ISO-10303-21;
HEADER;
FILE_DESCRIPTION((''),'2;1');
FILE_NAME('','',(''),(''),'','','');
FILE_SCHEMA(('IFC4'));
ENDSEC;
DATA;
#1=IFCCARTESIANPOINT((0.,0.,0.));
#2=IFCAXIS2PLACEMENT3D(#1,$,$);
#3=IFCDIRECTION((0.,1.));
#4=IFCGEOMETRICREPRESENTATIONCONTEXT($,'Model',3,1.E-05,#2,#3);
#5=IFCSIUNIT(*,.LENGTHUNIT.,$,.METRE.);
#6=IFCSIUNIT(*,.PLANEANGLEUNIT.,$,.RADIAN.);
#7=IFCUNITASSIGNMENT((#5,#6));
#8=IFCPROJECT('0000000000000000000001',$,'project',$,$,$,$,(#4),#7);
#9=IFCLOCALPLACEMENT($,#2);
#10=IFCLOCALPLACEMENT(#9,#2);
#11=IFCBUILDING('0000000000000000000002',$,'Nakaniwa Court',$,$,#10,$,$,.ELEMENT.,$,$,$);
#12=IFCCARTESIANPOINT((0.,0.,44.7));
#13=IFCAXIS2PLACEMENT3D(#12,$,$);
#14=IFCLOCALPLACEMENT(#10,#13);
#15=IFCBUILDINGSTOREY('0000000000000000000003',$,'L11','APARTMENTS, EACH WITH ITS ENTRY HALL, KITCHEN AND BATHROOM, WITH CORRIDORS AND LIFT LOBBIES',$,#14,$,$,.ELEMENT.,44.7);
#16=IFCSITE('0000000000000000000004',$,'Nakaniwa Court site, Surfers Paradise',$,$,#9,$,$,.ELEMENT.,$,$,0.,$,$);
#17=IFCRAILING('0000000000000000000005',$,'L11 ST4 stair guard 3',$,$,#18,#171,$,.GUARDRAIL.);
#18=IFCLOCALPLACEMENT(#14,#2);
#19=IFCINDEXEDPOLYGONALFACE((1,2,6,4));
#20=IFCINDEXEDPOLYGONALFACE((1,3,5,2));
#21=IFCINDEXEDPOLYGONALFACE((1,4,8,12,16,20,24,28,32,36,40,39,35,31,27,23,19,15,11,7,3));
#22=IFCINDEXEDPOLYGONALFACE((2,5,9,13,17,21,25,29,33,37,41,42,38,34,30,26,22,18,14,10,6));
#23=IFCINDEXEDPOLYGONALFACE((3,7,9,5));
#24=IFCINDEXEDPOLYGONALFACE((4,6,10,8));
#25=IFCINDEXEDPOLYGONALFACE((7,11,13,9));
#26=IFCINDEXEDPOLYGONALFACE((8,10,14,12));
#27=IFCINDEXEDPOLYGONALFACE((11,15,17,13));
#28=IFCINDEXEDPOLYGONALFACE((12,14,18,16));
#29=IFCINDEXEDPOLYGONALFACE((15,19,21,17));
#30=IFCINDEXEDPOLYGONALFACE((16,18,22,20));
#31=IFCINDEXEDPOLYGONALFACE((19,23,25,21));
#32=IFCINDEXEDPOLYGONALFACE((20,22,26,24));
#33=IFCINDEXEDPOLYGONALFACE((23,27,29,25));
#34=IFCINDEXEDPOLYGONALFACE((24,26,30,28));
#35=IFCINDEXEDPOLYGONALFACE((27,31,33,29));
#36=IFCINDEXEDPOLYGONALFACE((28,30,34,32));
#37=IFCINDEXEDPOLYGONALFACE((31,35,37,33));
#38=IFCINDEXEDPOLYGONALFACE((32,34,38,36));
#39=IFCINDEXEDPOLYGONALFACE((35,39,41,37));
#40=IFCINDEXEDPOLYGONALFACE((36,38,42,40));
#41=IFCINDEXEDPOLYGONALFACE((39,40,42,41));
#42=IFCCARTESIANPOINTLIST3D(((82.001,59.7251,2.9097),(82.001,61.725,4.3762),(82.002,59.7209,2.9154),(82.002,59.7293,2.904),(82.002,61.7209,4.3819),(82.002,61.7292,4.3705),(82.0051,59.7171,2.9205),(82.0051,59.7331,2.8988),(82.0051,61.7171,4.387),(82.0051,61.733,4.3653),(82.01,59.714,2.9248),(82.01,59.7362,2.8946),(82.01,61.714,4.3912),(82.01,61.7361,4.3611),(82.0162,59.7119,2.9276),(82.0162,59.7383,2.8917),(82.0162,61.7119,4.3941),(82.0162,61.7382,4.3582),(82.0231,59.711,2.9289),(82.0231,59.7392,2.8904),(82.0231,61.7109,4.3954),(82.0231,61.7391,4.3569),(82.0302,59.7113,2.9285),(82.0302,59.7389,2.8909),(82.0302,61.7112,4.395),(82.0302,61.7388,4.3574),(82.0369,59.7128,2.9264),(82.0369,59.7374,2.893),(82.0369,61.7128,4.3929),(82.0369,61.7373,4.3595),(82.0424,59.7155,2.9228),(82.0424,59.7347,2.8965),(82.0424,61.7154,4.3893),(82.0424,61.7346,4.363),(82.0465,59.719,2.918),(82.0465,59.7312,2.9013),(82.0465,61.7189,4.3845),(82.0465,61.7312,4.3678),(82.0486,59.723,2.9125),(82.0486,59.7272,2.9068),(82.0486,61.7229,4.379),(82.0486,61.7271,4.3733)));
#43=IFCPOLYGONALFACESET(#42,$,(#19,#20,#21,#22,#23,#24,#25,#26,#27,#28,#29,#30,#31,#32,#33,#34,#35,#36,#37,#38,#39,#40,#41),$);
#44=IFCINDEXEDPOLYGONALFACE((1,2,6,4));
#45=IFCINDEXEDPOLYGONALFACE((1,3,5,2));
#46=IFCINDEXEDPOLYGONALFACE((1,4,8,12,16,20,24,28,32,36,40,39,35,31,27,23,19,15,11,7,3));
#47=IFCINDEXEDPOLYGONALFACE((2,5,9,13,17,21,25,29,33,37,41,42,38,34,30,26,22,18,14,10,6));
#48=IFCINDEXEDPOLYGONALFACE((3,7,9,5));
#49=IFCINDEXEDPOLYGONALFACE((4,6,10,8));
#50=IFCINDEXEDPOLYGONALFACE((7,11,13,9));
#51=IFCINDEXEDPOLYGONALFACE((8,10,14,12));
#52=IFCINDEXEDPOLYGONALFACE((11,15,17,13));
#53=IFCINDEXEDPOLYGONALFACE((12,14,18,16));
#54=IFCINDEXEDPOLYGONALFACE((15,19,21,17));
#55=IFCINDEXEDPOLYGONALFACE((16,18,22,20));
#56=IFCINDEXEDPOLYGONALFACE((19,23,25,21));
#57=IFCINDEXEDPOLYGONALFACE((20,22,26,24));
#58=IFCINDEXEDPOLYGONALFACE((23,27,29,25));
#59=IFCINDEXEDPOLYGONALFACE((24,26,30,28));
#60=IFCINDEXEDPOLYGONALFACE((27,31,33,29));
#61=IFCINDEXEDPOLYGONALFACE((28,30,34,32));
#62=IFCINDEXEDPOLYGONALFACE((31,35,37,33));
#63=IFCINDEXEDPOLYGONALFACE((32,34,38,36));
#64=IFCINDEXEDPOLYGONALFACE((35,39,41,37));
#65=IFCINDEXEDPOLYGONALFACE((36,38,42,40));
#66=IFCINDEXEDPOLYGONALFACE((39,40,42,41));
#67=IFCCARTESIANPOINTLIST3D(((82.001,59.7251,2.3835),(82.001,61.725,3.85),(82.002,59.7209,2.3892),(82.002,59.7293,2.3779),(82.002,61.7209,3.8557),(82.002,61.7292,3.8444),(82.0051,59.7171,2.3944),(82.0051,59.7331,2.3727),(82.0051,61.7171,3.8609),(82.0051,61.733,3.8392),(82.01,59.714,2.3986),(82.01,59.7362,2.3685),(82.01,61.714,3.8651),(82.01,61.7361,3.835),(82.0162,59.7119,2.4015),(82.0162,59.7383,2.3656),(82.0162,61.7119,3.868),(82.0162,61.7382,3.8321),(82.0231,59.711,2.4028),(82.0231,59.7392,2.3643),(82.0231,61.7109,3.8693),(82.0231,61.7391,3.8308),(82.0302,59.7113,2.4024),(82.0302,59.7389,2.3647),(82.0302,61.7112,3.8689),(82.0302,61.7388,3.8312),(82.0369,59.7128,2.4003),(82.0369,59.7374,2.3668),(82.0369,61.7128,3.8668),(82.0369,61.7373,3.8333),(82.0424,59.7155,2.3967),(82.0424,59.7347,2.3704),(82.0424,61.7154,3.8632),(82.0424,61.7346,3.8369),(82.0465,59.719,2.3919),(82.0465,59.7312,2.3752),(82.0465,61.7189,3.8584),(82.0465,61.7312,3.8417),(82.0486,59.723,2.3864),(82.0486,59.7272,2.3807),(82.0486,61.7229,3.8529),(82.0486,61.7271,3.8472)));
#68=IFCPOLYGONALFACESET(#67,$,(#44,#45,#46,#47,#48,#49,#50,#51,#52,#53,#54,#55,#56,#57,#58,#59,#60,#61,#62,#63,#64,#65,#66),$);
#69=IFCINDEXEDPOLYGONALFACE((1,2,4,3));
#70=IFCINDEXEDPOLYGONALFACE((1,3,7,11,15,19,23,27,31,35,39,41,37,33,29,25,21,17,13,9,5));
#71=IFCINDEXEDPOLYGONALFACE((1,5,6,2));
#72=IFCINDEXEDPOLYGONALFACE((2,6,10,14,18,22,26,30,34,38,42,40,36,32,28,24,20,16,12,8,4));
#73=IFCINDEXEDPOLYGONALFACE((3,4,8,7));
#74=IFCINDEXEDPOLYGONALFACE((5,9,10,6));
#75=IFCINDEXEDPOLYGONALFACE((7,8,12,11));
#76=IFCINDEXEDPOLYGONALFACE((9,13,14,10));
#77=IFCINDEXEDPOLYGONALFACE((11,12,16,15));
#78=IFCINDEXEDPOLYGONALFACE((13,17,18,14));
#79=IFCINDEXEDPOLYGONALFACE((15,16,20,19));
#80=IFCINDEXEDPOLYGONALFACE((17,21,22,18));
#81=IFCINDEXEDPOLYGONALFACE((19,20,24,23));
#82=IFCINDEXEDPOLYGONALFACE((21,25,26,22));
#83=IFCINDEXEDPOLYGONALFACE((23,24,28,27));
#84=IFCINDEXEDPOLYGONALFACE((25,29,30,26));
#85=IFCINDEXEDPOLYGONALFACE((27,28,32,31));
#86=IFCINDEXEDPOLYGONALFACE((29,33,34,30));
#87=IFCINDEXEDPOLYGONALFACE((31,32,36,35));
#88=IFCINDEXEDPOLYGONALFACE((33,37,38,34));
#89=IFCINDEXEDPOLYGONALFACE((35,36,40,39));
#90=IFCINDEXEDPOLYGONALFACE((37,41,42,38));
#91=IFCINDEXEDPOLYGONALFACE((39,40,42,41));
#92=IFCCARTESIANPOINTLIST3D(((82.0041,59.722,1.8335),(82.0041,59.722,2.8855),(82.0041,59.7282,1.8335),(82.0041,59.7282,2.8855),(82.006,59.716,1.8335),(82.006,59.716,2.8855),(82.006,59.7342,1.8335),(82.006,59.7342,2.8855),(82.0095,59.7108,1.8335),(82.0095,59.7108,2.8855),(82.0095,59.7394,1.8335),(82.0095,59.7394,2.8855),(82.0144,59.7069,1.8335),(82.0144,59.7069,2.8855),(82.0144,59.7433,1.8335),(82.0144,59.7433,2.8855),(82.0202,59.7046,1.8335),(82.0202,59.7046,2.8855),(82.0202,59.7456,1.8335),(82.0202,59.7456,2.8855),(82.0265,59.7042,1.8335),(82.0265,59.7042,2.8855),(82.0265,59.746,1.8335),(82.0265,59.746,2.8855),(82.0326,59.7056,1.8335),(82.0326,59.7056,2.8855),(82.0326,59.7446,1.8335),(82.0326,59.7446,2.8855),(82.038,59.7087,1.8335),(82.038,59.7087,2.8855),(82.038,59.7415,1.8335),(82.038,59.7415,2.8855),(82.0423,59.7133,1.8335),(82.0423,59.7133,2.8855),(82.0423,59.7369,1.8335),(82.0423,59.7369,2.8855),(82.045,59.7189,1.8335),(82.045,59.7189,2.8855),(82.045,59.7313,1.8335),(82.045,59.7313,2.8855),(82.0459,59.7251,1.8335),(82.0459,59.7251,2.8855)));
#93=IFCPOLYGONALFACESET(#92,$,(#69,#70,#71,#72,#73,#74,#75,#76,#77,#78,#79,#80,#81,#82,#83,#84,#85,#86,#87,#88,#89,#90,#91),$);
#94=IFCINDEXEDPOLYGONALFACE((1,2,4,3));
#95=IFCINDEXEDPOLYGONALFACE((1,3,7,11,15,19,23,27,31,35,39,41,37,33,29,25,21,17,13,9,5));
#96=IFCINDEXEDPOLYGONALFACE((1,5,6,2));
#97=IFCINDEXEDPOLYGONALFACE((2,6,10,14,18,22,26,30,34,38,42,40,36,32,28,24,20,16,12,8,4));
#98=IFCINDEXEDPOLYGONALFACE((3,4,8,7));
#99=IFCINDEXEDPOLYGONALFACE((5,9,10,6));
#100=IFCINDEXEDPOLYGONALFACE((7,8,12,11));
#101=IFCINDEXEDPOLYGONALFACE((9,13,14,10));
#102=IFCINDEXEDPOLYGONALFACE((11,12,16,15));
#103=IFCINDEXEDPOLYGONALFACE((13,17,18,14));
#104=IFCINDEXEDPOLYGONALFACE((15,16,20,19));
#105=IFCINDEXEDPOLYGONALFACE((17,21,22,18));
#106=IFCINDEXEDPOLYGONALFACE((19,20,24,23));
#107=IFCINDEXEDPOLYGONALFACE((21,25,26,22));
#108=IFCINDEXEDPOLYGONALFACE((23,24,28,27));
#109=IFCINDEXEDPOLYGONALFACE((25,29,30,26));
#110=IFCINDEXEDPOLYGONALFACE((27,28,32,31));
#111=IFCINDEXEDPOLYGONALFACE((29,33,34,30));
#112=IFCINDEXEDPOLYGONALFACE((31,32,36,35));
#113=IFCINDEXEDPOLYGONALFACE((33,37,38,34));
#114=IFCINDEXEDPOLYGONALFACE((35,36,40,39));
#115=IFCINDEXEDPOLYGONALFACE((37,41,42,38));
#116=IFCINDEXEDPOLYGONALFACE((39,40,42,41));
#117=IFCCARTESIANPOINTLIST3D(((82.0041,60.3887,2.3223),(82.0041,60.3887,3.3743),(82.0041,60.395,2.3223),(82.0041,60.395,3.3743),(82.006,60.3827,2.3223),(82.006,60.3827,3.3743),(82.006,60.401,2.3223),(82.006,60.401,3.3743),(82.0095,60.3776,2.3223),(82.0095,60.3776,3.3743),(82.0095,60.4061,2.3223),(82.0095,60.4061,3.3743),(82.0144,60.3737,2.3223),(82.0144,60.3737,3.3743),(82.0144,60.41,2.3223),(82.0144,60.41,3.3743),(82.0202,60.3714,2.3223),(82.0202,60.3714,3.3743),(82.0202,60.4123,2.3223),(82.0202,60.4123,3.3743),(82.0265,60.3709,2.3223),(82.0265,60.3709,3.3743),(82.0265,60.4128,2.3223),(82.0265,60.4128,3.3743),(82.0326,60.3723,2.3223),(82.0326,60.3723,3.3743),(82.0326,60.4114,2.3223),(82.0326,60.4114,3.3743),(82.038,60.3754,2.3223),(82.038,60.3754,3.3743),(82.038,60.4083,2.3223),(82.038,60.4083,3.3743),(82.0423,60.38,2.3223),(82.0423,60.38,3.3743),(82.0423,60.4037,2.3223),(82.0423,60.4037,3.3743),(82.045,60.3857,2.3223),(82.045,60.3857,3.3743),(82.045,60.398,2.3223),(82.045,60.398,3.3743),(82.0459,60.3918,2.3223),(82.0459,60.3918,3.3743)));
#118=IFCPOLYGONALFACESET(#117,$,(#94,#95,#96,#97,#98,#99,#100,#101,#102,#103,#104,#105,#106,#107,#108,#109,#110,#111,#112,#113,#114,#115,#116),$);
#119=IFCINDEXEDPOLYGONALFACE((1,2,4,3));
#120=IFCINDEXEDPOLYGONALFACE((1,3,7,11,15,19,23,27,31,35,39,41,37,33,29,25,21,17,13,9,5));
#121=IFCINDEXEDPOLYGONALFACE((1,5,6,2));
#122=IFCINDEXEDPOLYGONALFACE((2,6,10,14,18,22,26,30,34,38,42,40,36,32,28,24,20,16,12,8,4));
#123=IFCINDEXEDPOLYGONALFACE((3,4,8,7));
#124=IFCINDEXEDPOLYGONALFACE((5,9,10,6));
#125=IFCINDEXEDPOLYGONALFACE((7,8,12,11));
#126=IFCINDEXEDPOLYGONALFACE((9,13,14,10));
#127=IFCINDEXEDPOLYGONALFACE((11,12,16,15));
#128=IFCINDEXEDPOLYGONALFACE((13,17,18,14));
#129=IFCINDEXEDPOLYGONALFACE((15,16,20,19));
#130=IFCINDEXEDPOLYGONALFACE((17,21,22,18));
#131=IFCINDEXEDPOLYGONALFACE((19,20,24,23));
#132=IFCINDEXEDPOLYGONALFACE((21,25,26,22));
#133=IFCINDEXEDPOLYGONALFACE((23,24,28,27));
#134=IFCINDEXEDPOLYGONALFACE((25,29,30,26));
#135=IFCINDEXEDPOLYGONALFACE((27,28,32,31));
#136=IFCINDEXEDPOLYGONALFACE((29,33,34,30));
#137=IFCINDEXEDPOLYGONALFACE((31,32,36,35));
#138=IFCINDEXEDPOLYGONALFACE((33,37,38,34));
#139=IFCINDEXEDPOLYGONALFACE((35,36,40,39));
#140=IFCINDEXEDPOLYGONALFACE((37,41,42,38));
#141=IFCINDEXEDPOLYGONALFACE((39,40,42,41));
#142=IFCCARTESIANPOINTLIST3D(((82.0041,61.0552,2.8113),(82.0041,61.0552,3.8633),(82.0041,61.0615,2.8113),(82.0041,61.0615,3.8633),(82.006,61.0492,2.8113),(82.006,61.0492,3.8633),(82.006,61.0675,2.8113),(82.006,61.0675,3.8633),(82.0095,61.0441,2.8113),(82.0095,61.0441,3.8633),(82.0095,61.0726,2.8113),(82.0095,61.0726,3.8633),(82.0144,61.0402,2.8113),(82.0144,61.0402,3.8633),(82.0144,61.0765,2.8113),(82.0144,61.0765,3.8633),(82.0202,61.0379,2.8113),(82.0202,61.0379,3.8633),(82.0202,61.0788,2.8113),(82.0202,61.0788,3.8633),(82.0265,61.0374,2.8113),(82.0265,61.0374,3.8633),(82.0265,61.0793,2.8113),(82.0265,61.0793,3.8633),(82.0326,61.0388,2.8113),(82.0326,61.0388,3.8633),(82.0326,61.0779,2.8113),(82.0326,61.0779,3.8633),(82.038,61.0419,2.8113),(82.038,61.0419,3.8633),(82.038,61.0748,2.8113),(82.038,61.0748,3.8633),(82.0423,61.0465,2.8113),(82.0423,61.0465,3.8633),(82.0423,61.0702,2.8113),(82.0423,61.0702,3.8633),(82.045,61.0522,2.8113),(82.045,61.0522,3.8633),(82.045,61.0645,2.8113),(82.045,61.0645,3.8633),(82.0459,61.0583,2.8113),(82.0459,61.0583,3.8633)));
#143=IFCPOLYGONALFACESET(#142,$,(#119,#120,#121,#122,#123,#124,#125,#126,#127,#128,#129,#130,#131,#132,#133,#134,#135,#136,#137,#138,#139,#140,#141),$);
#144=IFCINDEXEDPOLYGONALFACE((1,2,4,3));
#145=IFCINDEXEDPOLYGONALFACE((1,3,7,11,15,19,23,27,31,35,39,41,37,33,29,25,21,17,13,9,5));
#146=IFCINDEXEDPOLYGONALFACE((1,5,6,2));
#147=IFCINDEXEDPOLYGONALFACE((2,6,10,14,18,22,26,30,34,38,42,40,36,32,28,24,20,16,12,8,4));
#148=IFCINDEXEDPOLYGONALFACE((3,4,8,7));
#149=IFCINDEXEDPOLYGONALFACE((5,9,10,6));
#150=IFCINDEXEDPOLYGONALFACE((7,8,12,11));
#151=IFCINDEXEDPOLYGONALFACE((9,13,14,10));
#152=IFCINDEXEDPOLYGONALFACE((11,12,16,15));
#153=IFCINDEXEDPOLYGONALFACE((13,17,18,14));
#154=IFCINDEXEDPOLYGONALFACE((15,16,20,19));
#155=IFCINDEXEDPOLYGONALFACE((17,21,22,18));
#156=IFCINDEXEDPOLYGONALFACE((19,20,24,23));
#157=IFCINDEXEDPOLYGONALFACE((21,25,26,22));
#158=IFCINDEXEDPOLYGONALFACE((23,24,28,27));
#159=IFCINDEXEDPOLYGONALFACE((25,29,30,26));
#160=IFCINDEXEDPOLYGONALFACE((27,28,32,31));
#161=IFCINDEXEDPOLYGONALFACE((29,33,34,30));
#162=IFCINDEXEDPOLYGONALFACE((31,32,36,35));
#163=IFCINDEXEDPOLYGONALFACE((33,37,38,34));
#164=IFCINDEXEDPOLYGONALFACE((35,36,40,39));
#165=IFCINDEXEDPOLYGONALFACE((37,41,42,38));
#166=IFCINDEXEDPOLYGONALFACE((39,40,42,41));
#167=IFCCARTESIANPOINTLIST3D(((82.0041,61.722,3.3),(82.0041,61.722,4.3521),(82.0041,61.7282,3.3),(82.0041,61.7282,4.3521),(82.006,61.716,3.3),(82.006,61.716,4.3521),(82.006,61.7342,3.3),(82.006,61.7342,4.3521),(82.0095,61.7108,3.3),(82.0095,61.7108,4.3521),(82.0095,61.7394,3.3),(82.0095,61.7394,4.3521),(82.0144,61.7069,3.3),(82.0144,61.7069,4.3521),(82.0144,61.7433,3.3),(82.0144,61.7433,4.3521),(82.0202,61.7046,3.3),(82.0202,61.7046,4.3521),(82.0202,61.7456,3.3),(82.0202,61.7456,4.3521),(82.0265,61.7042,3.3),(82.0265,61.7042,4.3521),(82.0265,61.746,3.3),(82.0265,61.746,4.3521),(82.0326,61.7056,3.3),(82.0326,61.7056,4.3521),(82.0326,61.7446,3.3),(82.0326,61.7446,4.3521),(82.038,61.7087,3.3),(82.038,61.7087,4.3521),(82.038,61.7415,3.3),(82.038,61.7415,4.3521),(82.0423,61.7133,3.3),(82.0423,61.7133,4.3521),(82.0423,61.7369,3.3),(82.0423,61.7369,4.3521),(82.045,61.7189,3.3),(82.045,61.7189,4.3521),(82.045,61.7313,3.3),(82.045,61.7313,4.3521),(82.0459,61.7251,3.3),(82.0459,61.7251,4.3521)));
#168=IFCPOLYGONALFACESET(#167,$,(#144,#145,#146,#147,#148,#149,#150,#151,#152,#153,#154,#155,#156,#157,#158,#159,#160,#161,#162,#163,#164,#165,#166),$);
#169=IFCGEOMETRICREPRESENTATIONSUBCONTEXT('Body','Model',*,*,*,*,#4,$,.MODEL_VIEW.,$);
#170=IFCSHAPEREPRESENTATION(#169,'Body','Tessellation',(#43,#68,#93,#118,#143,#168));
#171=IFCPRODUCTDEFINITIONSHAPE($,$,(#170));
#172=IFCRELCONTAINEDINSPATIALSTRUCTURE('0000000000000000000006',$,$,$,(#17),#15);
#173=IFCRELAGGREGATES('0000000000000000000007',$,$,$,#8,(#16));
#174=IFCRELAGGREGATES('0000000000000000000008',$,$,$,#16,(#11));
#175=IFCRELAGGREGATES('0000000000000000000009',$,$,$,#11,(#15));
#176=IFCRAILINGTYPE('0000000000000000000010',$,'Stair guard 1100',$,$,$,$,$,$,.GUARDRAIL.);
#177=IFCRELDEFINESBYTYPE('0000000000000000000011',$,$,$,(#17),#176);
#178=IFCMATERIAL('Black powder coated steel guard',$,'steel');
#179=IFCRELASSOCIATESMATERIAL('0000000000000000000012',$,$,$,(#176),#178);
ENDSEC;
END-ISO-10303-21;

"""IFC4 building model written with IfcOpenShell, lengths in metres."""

from ifc_helpers import new_model, si_unit, direction, frame, origin, origin_2d, place, context, subcontext, project, spatial, circle, extrude, material, type_object, element, save


model = new_model("IFC4")

# Units and contexts
model_context = context("Model", 3, precision=1e-05, world=origin(), true_north=direction((0.0, 1.0)))
body_context = subcontext(model_context, "Body", "Model", "MODEL_VIEW")
ifc_project = project(units=[si_unit("LENGTHUNIT", "METRE"), si_unit("PLANEANGLEUNIT", "RADIAN")], contexts=[model_context])

# Site, building, storey
site_placement = place(None, origin())
site = spatial("IfcSite", under=ifc_project, at=site_placement, Name="Nakaniwa Court site, Surfers Paradise", CompositionType="ELEMENT", RefElevation=0.0)
building_placement = place(site_placement, origin())
building = spatial("IfcBuilding", under=site, at=building_placement, Name="Nakaniwa Court", CompositionType="ELEMENT")
storey_placement = place(building_placement, frame((0.0, 0.0, 44.7)))
storey = spatial("IfcBuildingStorey", under=building, at=storey_placement, Name="L11", Description="APARTMENTS, EACH WITH ITS ENTRY HALL, KITCHEN AND BATHROOM, WITH CORRIDORS AND LIFT LOBBIES", CompositionType="ELEMENT", Elevation=44.7)

# Railing
ifc_material_1 = material(Name="Black powder coated steel guard", Category="steel")
railing_type_1 = type_object("IfcRailingType", Name="Stair guard 1100", PredefinedType="GUARDRAIL", material=ifc_material_1)
railing_1_placement = place(storey_placement, frame((82.0249, 59.7251, 1.8335)))
element("IfcRailing", 1, at=railing_1_placement, inside=storey, type_object=railing_type_1, Name="L11 ST4 stair guard 3", PredefinedType="GUARDRAIL", context=body_context, shape_type="SweptSolid", body=[
    extrude(circle(Radius=0.0239, at=origin_2d()), frame((0.0, 0.0, 1.0762), z_axis=(0.0, 0.806427, 0.591334), x_axis=(-1.0, 0.0, 0.0)), (0.0, 0.0, 1.0), 2.48),
    extrude(circle(Radius=0.0239, at=origin_2d()), frame((0.0, 0.0, 0.55), z_axis=(0.0, 0.806427, 0.591334), x_axis=(-1.0, 0.0, 0.0)), (0.0, 0.0, 1.0), 2.48),
    extrude(circle(Radius=0.021, at=origin_2d()), origin(), (0.0, 0.0, 1.0), 1.052),
    extrude(circle(Radius=0.021, at=origin_2d()), frame((0.0, 0.6667, 0.4888)), (0.0, 0.0, 1.0), 1.052),
    extrude(circle(Radius=0.021, at=origin_2d()), frame((0.0, 1.3333, 0.9778)), (0.0, 0.0, 1.0), 1.052),
    extrude(circle(Radius=0.021, at=origin_2d()), frame((0.0, 2.0, 1.4666)), (0.0, 0.0, 1.0), 1.052),
])

save(model, "model.ifc")
